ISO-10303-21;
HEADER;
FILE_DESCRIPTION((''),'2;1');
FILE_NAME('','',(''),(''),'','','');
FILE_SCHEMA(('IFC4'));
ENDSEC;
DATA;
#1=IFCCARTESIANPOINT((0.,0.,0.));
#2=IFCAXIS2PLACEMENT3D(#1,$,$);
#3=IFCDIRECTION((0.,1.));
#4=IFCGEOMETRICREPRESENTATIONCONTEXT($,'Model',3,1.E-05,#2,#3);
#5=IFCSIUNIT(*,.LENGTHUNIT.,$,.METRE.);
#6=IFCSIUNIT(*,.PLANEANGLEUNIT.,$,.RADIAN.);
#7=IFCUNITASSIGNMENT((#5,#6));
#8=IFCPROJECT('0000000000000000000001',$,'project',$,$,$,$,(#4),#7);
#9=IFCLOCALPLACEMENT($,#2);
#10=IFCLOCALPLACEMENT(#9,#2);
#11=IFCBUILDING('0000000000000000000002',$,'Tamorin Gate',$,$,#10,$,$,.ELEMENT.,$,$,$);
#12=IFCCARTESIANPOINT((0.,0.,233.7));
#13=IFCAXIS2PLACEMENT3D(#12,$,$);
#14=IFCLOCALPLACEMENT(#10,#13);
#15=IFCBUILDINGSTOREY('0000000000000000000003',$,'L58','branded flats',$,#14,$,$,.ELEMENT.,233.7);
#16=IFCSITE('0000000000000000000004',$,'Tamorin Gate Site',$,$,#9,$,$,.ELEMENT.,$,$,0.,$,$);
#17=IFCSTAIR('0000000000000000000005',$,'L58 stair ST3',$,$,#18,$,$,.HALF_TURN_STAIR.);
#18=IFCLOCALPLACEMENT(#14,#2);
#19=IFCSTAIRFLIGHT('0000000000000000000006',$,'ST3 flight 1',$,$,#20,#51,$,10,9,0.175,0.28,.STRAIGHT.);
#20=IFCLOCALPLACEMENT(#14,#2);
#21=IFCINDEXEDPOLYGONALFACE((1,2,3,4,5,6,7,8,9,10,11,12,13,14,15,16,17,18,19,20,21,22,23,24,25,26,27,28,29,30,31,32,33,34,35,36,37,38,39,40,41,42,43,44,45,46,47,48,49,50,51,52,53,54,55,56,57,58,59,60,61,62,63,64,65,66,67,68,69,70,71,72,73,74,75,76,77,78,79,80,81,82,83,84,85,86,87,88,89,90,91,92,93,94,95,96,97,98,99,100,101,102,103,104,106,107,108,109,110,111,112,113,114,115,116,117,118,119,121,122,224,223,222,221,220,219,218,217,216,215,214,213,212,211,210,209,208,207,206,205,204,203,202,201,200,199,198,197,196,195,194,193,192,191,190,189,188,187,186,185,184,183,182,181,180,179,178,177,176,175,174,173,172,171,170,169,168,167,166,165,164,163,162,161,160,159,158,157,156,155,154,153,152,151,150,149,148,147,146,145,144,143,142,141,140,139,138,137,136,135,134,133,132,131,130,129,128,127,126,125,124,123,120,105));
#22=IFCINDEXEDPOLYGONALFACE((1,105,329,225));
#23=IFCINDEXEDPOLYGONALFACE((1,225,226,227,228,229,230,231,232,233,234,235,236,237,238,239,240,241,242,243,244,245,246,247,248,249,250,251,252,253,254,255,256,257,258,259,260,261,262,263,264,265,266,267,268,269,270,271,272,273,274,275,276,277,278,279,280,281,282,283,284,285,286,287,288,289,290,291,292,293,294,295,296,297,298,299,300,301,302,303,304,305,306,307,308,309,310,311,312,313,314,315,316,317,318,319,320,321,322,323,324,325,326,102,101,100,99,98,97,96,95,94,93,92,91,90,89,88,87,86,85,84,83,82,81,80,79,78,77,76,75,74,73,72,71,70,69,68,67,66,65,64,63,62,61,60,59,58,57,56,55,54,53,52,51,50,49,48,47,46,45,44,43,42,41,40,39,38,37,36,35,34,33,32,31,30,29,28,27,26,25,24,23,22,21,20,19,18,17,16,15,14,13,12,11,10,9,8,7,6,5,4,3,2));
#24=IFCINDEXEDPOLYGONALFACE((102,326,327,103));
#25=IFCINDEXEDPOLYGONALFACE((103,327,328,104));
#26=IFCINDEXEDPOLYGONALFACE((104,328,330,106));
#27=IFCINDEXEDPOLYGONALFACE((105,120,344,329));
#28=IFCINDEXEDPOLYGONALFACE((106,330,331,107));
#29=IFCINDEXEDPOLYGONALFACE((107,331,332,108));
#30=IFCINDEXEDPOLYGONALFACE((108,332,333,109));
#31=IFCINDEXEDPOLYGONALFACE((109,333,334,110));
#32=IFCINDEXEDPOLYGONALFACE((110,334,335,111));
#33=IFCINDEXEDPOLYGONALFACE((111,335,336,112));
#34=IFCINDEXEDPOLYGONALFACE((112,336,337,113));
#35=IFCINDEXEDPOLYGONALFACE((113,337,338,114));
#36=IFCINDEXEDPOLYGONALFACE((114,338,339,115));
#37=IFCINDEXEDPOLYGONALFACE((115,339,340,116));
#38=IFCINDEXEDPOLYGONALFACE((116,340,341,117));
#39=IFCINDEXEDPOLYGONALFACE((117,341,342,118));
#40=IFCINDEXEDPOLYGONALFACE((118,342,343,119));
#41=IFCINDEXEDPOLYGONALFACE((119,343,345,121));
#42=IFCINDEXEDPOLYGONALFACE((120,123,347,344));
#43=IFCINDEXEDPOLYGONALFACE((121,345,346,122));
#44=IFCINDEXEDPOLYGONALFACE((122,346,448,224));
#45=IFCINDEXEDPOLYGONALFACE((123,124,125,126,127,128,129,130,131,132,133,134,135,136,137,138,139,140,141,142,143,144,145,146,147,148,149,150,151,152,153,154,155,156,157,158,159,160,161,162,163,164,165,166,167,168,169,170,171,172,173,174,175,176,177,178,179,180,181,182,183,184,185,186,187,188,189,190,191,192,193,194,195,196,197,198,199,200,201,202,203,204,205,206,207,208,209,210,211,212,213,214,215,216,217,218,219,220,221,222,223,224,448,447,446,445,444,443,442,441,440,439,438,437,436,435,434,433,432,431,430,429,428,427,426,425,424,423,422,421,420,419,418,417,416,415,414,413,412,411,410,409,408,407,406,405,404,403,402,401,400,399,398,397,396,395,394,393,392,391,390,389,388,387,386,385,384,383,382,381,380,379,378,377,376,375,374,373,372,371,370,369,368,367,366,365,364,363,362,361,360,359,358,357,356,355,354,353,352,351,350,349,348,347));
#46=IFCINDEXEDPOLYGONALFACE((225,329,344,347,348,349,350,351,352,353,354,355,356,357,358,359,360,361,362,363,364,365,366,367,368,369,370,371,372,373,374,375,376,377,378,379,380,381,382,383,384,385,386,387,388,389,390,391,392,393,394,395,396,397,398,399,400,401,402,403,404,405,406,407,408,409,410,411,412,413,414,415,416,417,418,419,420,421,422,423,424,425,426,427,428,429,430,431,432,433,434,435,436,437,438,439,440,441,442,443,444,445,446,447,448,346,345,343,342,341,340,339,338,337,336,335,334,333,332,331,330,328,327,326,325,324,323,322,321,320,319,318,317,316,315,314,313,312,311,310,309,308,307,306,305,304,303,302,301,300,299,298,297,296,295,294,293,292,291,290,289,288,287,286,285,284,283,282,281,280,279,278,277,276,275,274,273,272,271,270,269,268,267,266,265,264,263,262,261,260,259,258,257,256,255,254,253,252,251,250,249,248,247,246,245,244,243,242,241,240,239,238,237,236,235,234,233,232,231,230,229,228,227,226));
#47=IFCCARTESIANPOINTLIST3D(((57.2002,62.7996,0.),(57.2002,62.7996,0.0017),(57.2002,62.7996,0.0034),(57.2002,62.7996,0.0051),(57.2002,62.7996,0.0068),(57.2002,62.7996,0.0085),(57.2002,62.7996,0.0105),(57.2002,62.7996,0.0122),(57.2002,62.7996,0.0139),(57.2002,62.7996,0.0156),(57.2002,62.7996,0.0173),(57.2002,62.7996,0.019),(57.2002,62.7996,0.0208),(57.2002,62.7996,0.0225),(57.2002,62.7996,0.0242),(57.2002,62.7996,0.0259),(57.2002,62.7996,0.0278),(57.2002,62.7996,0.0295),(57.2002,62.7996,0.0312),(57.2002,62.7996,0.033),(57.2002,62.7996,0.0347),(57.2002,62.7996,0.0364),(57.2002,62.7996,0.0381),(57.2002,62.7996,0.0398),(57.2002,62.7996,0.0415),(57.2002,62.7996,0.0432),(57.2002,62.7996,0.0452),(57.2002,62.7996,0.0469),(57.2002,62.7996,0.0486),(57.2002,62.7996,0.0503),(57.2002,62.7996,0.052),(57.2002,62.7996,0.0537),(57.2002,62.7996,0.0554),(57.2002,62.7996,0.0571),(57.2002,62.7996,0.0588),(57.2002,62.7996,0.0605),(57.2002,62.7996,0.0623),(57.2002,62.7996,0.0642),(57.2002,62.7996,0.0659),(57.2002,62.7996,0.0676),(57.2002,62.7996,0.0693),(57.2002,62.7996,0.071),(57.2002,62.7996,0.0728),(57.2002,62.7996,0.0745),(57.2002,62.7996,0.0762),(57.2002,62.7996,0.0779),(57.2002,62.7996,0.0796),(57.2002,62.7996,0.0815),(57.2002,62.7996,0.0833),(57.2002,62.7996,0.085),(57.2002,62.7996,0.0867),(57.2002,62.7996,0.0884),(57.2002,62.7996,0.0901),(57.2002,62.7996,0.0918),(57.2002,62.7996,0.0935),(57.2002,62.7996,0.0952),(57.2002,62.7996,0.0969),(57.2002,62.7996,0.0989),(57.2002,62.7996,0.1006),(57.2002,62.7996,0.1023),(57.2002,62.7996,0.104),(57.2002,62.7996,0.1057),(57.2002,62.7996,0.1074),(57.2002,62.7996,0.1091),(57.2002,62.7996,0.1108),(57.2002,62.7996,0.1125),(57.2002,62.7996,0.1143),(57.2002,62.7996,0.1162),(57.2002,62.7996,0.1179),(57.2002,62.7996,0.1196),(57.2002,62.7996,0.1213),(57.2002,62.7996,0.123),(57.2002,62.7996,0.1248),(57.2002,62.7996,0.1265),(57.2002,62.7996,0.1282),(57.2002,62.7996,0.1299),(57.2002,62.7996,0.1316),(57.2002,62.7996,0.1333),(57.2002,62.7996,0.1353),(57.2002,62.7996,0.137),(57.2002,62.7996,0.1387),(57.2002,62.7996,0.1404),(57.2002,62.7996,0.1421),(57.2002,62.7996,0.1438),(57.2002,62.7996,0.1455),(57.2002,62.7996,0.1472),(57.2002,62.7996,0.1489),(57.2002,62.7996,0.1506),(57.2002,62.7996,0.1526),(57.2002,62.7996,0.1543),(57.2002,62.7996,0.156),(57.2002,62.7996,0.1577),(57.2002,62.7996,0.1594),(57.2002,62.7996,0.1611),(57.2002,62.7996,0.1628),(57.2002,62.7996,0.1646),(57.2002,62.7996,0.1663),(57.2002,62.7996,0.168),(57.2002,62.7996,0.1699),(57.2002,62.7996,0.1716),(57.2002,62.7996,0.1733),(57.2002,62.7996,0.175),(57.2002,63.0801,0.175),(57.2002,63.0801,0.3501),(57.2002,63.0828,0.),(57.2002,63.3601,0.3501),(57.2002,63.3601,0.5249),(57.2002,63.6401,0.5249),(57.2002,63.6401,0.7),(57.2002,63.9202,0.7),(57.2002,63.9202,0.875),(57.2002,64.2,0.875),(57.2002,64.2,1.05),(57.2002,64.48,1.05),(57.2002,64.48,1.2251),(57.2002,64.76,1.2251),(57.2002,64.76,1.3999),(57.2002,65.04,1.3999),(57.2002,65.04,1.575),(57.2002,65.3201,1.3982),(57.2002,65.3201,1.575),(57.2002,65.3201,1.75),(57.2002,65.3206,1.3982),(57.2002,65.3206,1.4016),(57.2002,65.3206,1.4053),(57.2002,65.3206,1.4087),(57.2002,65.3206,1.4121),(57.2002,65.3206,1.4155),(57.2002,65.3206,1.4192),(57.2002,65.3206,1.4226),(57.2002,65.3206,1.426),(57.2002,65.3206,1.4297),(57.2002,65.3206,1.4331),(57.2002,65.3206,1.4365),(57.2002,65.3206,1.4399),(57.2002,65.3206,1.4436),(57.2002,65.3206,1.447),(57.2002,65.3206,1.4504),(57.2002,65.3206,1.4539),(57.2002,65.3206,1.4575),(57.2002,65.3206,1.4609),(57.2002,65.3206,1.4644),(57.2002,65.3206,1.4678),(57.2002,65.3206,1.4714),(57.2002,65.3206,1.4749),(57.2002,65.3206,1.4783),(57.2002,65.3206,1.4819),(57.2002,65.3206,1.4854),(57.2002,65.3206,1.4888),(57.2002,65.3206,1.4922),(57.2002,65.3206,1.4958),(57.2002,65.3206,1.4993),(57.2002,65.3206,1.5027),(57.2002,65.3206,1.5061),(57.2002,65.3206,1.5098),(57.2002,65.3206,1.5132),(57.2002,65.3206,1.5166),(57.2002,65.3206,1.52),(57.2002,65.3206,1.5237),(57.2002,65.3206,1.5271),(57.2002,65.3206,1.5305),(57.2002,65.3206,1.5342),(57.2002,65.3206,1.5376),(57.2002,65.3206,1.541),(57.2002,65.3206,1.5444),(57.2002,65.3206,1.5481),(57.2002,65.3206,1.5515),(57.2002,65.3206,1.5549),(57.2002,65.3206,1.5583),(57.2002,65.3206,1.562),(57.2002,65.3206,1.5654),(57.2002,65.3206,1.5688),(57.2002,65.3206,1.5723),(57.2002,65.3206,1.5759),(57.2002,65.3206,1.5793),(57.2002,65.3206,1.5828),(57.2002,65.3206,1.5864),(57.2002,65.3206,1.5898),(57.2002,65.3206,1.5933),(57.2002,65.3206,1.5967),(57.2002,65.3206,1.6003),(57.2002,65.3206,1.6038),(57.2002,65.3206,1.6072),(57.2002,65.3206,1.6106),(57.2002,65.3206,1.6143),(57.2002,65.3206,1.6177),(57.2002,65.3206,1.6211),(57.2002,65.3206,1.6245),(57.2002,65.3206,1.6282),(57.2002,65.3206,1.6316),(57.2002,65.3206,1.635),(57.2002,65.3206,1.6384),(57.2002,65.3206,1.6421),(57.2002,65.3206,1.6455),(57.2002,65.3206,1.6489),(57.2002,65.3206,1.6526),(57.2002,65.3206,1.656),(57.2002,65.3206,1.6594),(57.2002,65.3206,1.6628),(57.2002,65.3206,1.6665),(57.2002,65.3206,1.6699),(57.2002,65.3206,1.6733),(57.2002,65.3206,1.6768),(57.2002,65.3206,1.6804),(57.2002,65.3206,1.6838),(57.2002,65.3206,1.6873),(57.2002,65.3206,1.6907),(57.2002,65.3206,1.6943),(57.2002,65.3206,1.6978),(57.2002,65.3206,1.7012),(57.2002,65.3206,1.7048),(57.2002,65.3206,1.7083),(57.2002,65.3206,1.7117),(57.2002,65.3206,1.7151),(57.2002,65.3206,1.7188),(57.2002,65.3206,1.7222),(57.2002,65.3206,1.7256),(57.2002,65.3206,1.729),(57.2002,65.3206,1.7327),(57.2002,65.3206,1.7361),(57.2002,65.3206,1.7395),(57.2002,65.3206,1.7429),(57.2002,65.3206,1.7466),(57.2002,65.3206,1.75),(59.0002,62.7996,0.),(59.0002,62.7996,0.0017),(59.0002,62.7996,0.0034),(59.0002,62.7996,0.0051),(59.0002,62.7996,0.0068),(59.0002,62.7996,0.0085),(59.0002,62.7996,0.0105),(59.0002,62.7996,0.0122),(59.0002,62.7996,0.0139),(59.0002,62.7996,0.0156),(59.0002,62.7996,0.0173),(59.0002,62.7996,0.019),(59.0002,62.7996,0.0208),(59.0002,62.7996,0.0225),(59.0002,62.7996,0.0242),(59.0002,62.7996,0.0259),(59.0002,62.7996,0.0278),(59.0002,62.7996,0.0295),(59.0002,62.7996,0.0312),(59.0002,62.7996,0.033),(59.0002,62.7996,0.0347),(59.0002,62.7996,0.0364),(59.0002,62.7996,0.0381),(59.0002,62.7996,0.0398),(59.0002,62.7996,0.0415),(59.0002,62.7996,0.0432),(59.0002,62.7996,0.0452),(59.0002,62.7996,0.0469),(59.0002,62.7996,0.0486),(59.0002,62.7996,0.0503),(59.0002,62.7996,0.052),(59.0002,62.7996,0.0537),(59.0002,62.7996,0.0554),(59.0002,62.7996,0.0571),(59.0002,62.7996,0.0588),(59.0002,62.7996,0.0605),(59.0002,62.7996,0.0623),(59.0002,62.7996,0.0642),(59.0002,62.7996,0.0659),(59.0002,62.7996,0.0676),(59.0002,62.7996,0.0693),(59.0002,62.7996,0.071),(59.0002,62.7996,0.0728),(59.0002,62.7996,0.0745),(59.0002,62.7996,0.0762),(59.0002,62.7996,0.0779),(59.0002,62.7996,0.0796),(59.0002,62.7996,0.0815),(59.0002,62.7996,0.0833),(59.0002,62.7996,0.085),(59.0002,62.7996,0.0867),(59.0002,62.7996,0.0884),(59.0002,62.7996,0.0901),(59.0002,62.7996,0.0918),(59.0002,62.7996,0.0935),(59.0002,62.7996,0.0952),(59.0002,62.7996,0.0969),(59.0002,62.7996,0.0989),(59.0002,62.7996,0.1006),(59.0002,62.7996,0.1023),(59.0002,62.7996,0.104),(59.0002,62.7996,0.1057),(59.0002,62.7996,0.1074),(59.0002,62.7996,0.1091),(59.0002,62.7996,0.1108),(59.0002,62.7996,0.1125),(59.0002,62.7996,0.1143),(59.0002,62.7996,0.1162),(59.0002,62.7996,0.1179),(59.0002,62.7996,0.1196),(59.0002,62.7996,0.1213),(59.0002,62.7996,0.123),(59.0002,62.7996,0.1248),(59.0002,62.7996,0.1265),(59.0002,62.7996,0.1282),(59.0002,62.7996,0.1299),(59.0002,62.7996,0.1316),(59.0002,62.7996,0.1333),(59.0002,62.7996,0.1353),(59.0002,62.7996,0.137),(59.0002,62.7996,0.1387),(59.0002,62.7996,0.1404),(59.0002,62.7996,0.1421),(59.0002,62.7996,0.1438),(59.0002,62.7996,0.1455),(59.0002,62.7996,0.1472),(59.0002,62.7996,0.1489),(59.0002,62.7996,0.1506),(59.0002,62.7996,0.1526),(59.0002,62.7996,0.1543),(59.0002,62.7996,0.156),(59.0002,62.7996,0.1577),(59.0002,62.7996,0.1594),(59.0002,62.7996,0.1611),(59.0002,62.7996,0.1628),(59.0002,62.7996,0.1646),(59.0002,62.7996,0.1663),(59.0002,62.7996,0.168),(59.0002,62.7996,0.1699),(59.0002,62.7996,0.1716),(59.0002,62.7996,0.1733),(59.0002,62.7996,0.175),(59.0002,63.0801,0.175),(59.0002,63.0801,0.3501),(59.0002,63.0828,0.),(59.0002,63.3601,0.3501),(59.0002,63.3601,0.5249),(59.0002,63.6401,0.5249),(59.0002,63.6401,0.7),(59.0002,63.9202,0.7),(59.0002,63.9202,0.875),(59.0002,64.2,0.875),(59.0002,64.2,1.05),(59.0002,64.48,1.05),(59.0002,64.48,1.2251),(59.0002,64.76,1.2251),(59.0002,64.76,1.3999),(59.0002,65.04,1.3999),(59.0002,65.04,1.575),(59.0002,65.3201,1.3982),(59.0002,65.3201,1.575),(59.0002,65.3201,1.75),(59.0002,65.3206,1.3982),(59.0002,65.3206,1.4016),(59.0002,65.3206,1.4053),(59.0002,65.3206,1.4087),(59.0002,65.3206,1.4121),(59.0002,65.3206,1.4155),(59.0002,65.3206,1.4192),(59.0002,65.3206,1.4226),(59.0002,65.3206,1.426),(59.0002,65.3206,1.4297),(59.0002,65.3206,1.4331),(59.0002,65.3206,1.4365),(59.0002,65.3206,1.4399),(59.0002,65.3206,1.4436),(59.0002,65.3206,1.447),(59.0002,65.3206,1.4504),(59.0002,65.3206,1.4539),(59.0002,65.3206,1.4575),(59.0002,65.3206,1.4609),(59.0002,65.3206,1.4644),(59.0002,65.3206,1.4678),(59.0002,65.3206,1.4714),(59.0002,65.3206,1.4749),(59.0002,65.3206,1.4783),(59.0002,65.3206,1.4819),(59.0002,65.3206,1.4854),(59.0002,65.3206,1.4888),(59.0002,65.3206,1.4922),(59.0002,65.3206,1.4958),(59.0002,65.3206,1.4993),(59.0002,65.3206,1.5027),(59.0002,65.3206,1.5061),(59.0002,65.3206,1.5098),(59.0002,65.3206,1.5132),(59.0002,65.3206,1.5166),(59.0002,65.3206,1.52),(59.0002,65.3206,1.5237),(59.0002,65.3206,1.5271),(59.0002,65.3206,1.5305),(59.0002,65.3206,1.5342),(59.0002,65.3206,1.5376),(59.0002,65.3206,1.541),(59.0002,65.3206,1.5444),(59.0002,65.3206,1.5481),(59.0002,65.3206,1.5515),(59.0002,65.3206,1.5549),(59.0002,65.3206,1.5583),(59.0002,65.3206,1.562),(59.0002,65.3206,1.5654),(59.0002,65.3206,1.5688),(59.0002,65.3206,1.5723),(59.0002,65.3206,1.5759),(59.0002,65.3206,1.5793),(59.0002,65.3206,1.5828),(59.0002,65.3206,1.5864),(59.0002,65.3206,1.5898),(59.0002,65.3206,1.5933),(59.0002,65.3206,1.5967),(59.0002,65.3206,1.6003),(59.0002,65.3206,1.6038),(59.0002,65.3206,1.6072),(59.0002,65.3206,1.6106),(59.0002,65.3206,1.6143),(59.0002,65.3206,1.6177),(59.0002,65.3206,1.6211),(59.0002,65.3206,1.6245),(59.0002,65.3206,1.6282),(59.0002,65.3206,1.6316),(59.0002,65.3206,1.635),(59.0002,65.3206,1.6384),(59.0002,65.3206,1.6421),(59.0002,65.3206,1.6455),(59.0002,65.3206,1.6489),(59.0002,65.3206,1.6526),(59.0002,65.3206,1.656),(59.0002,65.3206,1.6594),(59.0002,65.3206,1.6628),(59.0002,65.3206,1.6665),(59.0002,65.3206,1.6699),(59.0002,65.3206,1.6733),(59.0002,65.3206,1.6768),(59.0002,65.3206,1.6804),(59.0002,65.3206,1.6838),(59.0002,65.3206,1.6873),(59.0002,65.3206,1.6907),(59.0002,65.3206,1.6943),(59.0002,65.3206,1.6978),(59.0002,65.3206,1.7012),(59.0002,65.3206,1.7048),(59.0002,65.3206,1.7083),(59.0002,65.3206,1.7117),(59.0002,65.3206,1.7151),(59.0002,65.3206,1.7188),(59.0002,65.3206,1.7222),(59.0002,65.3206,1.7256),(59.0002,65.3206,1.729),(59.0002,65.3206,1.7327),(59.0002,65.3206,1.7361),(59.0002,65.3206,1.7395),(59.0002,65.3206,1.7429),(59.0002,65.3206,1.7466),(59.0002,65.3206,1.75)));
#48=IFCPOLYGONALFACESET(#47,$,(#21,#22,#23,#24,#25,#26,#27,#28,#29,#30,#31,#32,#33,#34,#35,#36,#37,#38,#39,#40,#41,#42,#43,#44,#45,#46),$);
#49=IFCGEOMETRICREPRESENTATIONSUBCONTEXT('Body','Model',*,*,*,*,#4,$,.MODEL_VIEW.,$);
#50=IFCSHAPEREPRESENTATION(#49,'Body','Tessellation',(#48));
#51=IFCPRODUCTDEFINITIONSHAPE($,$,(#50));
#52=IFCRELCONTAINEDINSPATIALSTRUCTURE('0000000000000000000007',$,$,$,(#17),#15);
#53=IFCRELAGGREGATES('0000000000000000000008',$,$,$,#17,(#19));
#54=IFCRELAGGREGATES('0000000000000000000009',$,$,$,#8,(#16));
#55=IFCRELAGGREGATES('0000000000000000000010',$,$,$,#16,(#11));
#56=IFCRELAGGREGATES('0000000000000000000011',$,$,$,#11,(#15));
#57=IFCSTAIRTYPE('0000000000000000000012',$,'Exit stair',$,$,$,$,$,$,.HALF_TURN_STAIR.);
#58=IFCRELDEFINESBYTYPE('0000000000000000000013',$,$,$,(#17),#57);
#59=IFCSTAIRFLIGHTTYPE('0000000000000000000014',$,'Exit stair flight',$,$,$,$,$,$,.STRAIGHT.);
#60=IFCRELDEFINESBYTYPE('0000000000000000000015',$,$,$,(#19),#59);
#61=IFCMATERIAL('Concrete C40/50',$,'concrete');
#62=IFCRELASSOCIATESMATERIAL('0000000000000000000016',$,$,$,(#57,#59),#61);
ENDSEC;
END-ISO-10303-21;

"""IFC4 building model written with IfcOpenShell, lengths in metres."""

from ifc_helpers import new_model, si_unit, direction, frame, origin, place, context, subcontext, project, spatial, polyline, outline, extrude, material, type_object, element, aggregate, save


model = new_model("IFC4")

# Units and contexts
model_context = context("Model", 3, precision=1e-05, world=origin(), true_north=direction((0.0, 1.0)))
body_context = subcontext(model_context, "Body", "Model", "MODEL_VIEW")
ifc_project = project(units=[si_unit("LENGTHUNIT", "METRE"), si_unit("PLANEANGLEUNIT", "RADIAN")], contexts=[model_context])

# Site, building, storey
site_placement = place(None, origin())
site = spatial("IfcSite", under=ifc_project, at=site_placement, Name="Tamorin Gate Site", CompositionType="ELEMENT", RefElevation=0.0)
building_placement = place(site_placement, origin())
building = spatial("IfcBuilding", under=site, at=building_placement, Name="Tamorin Gate", CompositionType="ELEMENT")
storey_placement = place(building_placement, frame((0.0, 0.0, 233.7)))
storey = spatial("IfcBuildingStorey", under=building, at=storey_placement, Name="L58", Description="branded flats", CompositionType="ELEMENT", Elevation=233.7)

# Stair, stair flight
ifc_material_1 = material(Name="Concrete C40/50", Category="concrete")
stair_type = type_object("IfcStairType", Name="Exit stair", PredefinedType="HALF_TURN_STAIR", material=ifc_material_1)
stair_placement = place(storey_placement, origin())
stair = element("IfcStair", 1, at=stair_placement, inside=storey, type_object=stair_type, Name="L58 stair ST3", PredefinedType="HALF_TURN_STAIR")
stair_flight_type = type_object("IfcStairFlightType", Name="Exit stair flight", PredefinedType="STRAIGHT", material=ifc_material_1)
stair_flight_1_placement = place(storey_placement, frame((58.1001, 62.8, 0.0), z_axis=(0.0, 0.0, 1.0), x_axis=(0.0, 1.0, 0.0)))
stair_flight_1 = element("IfcStairFlight", 2, at=stair_flight_1_placement, type_object=stair_flight_type, Name="ST3 flight 1", NumberOfRisers=10, NumberOfTreads=9, PredefinedType="STRAIGHT", RiserHeight=0.175, TreadLength=0.28, context=body_context, shape_type="SweptSolid", body=[
    extrude(outline(polyline([(-0.0005, 0.0), (-0.0005, 0.0017), (-0.0005, 0.0034), (-0.0005, 0.0051), (-0.0005, 0.0068), (-0.0005, 0.0085), (-0.0005, 0.0105), (-0.0005, 0.0122), (-0.0005, 0.0139), (-0.0005, 0.0156), (-0.0005, 0.0173), (-0.0005, 0.019), (-0.0005, 0.0208), (-0.0005, 0.0225), (-0.0005, 0.0242), (-0.0005, 0.0259), (-0.0005, 0.0278), (-0.0005, 0.0295), (-0.0005, 0.0312), (-0.0005, 0.033), (-0.0005, 0.0347), (-0.0005, 0.0364), (-0.0005, 0.0381), (-0.0005, 0.0398), (-0.0005, 0.0415), (-0.0005, 0.0432), (-0.0005, 0.0452), (-0.0005, 0.0469), (-0.0005, 0.0486), (-0.0005, 0.0503), (-0.0005, 0.052), (-0.0005, 0.0537), (-0.0005, 0.0554), (-0.0005, 0.0571), (-0.0005, 0.0588), (-0.0005, 0.0605), (-0.0005, 0.0623), (-0.0005, 0.0642), (-0.0005, 0.0659), (-0.0005, 0.0676), (-0.0005, 0.0693), (-0.0005, 0.071), (-0.0005, 0.0728), (-0.0005, 0.0745), (-0.0005, 0.0762), (-0.0005, 0.0779), (-0.0005, 0.0796), (-0.0005, 0.0815), (-0.0005, 0.0833), (-0.0005, 0.085), (-0.0005, 0.0867), (-0.0005, 0.0884), (-0.0005, 0.0901), (-0.0005, 0.0918), (-0.0005, 0.0935), (-0.0005, 0.0952), (-0.0005, 0.0969), (-0.0005, 0.0989), (-0.0005, 0.1006), (-0.0005, 0.1023), (-0.0005, 0.104), (-0.0005, 0.1057), (-0.0005, 0.1074), (-0.0005, 0.1091), (-0.0005, 0.1108), (-0.0005, 0.1125), (-0.0005, 0.1143), (-0.0005, 0.1162), (-0.0005, 0.1179), (-0.0005, 0.1196), (-0.0005, 0.1213), (-0.0005, 0.123), (-0.0005, 0.1248), (-0.0005, 0.1265), (-0.0005, 0.1282), (-0.0005, 0.1299), (-0.0005, 0.1316), (-0.0005, 0.1333), (-0.0005, 0.1353), (-0.0005, 0.137), (-0.0005, 0.1387), (-0.0005, 0.1404), (-0.0005, 0.1421), (-0.0005, 0.1438), (-0.0005, 0.1455), (-0.0005, 0.1472), (-0.0005, 0.1489), (-0.0005, 0.1506), (-0.0005, 0.1526), (-0.0005, 0.1543), (-0.0005, 0.156), (-0.0005, 0.1577), (-0.0005, 0.1594), (-0.0005, 0.1611), (-0.0005, 0.1628), (-0.0005, 0.1646), (-0.0005, 0.1663), (-0.0005, 0.168), (-0.0005, 0.1699), (-0.0005, 0.1716), (-0.0005, 0.1733), (-0.0005, 0.175), (0.28, 0.175), (0.28, 0.3501), (0.5601, 0.3501), (0.5601, 0.5249), (0.8401, 0.5249), (0.8401, 0.7), (1.1201, 0.7), (1.1201, 0.875), (1.3999, 0.875), (1.3999, 1.05), (1.6799, 1.05), (1.6799, 1.2251), (1.96, 1.2251), (1.96, 1.3999), (2.24, 1.3999), (2.24, 1.575), (2.52, 1.575), (2.52, 1.75), (2.5205, 1.75), (2.5205, 1.7466), (2.5205, 1.7429), (2.5205, 1.7395), (2.5205, 1.7361), (2.5205, 1.7327), (2.5205, 1.729), (2.5205, 1.7256), (2.5205, 1.7222), (2.5205, 1.7188), (2.5205, 1.7151), (2.5205, 1.7117), (2.5205, 1.7083), (2.5205, 1.7048), (2.5205, 1.7012), (2.5205, 1.6978), (2.5205, 1.6943), (2.5205, 1.6907), (2.5205, 1.6873), (2.5205, 1.6838), (2.5205, 1.6804), (2.5205, 1.6768), (2.5205, 1.6733), (2.5205, 1.6699), (2.5205, 1.6665), (2.5205, 1.6628), (2.5205, 1.6594), (2.5205, 1.656), (2.5205, 1.6526), (2.5205, 1.6489), (2.5205, 1.6455), (2.5205, 1.6421), (2.5205, 1.6384), (2.5205, 1.635), (2.5205, 1.6316), (2.5205, 1.6282), (2.5205, 1.6245), (2.5205, 1.6211), (2.5205, 1.6177), (2.5205, 1.6143), (2.5205, 1.6106), (2.5205, 1.6072), (2.5205, 1.6038), (2.5205, 1.6003), (2.5205, 1.5967), (2.5205, 1.5933), (2.5205, 1.5898), (2.5205, 1.5864), (2.5205, 1.5828), (2.5205, 1.5793), (2.5205, 1.5759), (2.5205, 1.5723), (2.5205, 1.5688), (2.5205, 1.5654), (2.5205, 1.562), (2.5205, 1.5583), (2.5205, 1.5549), (2.5205, 1.5515), (2.5205, 1.5481), (2.5205, 1.5444), (2.5205, 1.541), (2.5205, 1.5376), (2.5205, 1.5342), (2.5205, 1.5305), (2.5205, 1.5271), (2.5205, 1.5237), (2.5205, 1.52), (2.5205, 1.5166), (2.5205, 1.5132), (2.5205, 1.5098), (2.5205, 1.5061), (2.5205, 1.5027), (2.5205, 1.4993), (2.5205, 1.4958), (2.5205, 1.4922), (2.5205, 1.4888), (2.5205, 1.4854), (2.5205, 1.4819), (2.5205, 1.4783), (2.5205, 1.4749), (2.5205, 1.4714), (2.5205, 1.4678), (2.5205, 1.4644), (2.5205, 1.4609), (2.5205, 1.4575), (2.5205, 1.4539), (2.5205, 1.4504), (2.5205, 1.447), (2.5205, 1.4436), (2.5205, 1.4399), (2.5205, 1.4365), (2.5205, 1.4331), (2.5205, 1.4297), (2.5205, 1.426), (2.5205, 1.4226), (2.5205, 1.4192), (2.5205, 1.4155), (2.5205, 1.4121), (2.5205, 1.4087), (2.5205, 1.4053), (2.5205, 1.4016), (2.5205, 1.3982), (2.52, 1.3982), (0.2827, 0.0), (-0.0005, 0.0)])), frame((0.0, 0.8999, 0.0), z_axis=(0.0, -1.0, 0.0), x_axis=(1.0, 0.0, 0.0)), (0.0, 0.0, 1.0), 1.8),
])
aggregate(stair, [stair_flight_1])

save(model, "model.ifc")
